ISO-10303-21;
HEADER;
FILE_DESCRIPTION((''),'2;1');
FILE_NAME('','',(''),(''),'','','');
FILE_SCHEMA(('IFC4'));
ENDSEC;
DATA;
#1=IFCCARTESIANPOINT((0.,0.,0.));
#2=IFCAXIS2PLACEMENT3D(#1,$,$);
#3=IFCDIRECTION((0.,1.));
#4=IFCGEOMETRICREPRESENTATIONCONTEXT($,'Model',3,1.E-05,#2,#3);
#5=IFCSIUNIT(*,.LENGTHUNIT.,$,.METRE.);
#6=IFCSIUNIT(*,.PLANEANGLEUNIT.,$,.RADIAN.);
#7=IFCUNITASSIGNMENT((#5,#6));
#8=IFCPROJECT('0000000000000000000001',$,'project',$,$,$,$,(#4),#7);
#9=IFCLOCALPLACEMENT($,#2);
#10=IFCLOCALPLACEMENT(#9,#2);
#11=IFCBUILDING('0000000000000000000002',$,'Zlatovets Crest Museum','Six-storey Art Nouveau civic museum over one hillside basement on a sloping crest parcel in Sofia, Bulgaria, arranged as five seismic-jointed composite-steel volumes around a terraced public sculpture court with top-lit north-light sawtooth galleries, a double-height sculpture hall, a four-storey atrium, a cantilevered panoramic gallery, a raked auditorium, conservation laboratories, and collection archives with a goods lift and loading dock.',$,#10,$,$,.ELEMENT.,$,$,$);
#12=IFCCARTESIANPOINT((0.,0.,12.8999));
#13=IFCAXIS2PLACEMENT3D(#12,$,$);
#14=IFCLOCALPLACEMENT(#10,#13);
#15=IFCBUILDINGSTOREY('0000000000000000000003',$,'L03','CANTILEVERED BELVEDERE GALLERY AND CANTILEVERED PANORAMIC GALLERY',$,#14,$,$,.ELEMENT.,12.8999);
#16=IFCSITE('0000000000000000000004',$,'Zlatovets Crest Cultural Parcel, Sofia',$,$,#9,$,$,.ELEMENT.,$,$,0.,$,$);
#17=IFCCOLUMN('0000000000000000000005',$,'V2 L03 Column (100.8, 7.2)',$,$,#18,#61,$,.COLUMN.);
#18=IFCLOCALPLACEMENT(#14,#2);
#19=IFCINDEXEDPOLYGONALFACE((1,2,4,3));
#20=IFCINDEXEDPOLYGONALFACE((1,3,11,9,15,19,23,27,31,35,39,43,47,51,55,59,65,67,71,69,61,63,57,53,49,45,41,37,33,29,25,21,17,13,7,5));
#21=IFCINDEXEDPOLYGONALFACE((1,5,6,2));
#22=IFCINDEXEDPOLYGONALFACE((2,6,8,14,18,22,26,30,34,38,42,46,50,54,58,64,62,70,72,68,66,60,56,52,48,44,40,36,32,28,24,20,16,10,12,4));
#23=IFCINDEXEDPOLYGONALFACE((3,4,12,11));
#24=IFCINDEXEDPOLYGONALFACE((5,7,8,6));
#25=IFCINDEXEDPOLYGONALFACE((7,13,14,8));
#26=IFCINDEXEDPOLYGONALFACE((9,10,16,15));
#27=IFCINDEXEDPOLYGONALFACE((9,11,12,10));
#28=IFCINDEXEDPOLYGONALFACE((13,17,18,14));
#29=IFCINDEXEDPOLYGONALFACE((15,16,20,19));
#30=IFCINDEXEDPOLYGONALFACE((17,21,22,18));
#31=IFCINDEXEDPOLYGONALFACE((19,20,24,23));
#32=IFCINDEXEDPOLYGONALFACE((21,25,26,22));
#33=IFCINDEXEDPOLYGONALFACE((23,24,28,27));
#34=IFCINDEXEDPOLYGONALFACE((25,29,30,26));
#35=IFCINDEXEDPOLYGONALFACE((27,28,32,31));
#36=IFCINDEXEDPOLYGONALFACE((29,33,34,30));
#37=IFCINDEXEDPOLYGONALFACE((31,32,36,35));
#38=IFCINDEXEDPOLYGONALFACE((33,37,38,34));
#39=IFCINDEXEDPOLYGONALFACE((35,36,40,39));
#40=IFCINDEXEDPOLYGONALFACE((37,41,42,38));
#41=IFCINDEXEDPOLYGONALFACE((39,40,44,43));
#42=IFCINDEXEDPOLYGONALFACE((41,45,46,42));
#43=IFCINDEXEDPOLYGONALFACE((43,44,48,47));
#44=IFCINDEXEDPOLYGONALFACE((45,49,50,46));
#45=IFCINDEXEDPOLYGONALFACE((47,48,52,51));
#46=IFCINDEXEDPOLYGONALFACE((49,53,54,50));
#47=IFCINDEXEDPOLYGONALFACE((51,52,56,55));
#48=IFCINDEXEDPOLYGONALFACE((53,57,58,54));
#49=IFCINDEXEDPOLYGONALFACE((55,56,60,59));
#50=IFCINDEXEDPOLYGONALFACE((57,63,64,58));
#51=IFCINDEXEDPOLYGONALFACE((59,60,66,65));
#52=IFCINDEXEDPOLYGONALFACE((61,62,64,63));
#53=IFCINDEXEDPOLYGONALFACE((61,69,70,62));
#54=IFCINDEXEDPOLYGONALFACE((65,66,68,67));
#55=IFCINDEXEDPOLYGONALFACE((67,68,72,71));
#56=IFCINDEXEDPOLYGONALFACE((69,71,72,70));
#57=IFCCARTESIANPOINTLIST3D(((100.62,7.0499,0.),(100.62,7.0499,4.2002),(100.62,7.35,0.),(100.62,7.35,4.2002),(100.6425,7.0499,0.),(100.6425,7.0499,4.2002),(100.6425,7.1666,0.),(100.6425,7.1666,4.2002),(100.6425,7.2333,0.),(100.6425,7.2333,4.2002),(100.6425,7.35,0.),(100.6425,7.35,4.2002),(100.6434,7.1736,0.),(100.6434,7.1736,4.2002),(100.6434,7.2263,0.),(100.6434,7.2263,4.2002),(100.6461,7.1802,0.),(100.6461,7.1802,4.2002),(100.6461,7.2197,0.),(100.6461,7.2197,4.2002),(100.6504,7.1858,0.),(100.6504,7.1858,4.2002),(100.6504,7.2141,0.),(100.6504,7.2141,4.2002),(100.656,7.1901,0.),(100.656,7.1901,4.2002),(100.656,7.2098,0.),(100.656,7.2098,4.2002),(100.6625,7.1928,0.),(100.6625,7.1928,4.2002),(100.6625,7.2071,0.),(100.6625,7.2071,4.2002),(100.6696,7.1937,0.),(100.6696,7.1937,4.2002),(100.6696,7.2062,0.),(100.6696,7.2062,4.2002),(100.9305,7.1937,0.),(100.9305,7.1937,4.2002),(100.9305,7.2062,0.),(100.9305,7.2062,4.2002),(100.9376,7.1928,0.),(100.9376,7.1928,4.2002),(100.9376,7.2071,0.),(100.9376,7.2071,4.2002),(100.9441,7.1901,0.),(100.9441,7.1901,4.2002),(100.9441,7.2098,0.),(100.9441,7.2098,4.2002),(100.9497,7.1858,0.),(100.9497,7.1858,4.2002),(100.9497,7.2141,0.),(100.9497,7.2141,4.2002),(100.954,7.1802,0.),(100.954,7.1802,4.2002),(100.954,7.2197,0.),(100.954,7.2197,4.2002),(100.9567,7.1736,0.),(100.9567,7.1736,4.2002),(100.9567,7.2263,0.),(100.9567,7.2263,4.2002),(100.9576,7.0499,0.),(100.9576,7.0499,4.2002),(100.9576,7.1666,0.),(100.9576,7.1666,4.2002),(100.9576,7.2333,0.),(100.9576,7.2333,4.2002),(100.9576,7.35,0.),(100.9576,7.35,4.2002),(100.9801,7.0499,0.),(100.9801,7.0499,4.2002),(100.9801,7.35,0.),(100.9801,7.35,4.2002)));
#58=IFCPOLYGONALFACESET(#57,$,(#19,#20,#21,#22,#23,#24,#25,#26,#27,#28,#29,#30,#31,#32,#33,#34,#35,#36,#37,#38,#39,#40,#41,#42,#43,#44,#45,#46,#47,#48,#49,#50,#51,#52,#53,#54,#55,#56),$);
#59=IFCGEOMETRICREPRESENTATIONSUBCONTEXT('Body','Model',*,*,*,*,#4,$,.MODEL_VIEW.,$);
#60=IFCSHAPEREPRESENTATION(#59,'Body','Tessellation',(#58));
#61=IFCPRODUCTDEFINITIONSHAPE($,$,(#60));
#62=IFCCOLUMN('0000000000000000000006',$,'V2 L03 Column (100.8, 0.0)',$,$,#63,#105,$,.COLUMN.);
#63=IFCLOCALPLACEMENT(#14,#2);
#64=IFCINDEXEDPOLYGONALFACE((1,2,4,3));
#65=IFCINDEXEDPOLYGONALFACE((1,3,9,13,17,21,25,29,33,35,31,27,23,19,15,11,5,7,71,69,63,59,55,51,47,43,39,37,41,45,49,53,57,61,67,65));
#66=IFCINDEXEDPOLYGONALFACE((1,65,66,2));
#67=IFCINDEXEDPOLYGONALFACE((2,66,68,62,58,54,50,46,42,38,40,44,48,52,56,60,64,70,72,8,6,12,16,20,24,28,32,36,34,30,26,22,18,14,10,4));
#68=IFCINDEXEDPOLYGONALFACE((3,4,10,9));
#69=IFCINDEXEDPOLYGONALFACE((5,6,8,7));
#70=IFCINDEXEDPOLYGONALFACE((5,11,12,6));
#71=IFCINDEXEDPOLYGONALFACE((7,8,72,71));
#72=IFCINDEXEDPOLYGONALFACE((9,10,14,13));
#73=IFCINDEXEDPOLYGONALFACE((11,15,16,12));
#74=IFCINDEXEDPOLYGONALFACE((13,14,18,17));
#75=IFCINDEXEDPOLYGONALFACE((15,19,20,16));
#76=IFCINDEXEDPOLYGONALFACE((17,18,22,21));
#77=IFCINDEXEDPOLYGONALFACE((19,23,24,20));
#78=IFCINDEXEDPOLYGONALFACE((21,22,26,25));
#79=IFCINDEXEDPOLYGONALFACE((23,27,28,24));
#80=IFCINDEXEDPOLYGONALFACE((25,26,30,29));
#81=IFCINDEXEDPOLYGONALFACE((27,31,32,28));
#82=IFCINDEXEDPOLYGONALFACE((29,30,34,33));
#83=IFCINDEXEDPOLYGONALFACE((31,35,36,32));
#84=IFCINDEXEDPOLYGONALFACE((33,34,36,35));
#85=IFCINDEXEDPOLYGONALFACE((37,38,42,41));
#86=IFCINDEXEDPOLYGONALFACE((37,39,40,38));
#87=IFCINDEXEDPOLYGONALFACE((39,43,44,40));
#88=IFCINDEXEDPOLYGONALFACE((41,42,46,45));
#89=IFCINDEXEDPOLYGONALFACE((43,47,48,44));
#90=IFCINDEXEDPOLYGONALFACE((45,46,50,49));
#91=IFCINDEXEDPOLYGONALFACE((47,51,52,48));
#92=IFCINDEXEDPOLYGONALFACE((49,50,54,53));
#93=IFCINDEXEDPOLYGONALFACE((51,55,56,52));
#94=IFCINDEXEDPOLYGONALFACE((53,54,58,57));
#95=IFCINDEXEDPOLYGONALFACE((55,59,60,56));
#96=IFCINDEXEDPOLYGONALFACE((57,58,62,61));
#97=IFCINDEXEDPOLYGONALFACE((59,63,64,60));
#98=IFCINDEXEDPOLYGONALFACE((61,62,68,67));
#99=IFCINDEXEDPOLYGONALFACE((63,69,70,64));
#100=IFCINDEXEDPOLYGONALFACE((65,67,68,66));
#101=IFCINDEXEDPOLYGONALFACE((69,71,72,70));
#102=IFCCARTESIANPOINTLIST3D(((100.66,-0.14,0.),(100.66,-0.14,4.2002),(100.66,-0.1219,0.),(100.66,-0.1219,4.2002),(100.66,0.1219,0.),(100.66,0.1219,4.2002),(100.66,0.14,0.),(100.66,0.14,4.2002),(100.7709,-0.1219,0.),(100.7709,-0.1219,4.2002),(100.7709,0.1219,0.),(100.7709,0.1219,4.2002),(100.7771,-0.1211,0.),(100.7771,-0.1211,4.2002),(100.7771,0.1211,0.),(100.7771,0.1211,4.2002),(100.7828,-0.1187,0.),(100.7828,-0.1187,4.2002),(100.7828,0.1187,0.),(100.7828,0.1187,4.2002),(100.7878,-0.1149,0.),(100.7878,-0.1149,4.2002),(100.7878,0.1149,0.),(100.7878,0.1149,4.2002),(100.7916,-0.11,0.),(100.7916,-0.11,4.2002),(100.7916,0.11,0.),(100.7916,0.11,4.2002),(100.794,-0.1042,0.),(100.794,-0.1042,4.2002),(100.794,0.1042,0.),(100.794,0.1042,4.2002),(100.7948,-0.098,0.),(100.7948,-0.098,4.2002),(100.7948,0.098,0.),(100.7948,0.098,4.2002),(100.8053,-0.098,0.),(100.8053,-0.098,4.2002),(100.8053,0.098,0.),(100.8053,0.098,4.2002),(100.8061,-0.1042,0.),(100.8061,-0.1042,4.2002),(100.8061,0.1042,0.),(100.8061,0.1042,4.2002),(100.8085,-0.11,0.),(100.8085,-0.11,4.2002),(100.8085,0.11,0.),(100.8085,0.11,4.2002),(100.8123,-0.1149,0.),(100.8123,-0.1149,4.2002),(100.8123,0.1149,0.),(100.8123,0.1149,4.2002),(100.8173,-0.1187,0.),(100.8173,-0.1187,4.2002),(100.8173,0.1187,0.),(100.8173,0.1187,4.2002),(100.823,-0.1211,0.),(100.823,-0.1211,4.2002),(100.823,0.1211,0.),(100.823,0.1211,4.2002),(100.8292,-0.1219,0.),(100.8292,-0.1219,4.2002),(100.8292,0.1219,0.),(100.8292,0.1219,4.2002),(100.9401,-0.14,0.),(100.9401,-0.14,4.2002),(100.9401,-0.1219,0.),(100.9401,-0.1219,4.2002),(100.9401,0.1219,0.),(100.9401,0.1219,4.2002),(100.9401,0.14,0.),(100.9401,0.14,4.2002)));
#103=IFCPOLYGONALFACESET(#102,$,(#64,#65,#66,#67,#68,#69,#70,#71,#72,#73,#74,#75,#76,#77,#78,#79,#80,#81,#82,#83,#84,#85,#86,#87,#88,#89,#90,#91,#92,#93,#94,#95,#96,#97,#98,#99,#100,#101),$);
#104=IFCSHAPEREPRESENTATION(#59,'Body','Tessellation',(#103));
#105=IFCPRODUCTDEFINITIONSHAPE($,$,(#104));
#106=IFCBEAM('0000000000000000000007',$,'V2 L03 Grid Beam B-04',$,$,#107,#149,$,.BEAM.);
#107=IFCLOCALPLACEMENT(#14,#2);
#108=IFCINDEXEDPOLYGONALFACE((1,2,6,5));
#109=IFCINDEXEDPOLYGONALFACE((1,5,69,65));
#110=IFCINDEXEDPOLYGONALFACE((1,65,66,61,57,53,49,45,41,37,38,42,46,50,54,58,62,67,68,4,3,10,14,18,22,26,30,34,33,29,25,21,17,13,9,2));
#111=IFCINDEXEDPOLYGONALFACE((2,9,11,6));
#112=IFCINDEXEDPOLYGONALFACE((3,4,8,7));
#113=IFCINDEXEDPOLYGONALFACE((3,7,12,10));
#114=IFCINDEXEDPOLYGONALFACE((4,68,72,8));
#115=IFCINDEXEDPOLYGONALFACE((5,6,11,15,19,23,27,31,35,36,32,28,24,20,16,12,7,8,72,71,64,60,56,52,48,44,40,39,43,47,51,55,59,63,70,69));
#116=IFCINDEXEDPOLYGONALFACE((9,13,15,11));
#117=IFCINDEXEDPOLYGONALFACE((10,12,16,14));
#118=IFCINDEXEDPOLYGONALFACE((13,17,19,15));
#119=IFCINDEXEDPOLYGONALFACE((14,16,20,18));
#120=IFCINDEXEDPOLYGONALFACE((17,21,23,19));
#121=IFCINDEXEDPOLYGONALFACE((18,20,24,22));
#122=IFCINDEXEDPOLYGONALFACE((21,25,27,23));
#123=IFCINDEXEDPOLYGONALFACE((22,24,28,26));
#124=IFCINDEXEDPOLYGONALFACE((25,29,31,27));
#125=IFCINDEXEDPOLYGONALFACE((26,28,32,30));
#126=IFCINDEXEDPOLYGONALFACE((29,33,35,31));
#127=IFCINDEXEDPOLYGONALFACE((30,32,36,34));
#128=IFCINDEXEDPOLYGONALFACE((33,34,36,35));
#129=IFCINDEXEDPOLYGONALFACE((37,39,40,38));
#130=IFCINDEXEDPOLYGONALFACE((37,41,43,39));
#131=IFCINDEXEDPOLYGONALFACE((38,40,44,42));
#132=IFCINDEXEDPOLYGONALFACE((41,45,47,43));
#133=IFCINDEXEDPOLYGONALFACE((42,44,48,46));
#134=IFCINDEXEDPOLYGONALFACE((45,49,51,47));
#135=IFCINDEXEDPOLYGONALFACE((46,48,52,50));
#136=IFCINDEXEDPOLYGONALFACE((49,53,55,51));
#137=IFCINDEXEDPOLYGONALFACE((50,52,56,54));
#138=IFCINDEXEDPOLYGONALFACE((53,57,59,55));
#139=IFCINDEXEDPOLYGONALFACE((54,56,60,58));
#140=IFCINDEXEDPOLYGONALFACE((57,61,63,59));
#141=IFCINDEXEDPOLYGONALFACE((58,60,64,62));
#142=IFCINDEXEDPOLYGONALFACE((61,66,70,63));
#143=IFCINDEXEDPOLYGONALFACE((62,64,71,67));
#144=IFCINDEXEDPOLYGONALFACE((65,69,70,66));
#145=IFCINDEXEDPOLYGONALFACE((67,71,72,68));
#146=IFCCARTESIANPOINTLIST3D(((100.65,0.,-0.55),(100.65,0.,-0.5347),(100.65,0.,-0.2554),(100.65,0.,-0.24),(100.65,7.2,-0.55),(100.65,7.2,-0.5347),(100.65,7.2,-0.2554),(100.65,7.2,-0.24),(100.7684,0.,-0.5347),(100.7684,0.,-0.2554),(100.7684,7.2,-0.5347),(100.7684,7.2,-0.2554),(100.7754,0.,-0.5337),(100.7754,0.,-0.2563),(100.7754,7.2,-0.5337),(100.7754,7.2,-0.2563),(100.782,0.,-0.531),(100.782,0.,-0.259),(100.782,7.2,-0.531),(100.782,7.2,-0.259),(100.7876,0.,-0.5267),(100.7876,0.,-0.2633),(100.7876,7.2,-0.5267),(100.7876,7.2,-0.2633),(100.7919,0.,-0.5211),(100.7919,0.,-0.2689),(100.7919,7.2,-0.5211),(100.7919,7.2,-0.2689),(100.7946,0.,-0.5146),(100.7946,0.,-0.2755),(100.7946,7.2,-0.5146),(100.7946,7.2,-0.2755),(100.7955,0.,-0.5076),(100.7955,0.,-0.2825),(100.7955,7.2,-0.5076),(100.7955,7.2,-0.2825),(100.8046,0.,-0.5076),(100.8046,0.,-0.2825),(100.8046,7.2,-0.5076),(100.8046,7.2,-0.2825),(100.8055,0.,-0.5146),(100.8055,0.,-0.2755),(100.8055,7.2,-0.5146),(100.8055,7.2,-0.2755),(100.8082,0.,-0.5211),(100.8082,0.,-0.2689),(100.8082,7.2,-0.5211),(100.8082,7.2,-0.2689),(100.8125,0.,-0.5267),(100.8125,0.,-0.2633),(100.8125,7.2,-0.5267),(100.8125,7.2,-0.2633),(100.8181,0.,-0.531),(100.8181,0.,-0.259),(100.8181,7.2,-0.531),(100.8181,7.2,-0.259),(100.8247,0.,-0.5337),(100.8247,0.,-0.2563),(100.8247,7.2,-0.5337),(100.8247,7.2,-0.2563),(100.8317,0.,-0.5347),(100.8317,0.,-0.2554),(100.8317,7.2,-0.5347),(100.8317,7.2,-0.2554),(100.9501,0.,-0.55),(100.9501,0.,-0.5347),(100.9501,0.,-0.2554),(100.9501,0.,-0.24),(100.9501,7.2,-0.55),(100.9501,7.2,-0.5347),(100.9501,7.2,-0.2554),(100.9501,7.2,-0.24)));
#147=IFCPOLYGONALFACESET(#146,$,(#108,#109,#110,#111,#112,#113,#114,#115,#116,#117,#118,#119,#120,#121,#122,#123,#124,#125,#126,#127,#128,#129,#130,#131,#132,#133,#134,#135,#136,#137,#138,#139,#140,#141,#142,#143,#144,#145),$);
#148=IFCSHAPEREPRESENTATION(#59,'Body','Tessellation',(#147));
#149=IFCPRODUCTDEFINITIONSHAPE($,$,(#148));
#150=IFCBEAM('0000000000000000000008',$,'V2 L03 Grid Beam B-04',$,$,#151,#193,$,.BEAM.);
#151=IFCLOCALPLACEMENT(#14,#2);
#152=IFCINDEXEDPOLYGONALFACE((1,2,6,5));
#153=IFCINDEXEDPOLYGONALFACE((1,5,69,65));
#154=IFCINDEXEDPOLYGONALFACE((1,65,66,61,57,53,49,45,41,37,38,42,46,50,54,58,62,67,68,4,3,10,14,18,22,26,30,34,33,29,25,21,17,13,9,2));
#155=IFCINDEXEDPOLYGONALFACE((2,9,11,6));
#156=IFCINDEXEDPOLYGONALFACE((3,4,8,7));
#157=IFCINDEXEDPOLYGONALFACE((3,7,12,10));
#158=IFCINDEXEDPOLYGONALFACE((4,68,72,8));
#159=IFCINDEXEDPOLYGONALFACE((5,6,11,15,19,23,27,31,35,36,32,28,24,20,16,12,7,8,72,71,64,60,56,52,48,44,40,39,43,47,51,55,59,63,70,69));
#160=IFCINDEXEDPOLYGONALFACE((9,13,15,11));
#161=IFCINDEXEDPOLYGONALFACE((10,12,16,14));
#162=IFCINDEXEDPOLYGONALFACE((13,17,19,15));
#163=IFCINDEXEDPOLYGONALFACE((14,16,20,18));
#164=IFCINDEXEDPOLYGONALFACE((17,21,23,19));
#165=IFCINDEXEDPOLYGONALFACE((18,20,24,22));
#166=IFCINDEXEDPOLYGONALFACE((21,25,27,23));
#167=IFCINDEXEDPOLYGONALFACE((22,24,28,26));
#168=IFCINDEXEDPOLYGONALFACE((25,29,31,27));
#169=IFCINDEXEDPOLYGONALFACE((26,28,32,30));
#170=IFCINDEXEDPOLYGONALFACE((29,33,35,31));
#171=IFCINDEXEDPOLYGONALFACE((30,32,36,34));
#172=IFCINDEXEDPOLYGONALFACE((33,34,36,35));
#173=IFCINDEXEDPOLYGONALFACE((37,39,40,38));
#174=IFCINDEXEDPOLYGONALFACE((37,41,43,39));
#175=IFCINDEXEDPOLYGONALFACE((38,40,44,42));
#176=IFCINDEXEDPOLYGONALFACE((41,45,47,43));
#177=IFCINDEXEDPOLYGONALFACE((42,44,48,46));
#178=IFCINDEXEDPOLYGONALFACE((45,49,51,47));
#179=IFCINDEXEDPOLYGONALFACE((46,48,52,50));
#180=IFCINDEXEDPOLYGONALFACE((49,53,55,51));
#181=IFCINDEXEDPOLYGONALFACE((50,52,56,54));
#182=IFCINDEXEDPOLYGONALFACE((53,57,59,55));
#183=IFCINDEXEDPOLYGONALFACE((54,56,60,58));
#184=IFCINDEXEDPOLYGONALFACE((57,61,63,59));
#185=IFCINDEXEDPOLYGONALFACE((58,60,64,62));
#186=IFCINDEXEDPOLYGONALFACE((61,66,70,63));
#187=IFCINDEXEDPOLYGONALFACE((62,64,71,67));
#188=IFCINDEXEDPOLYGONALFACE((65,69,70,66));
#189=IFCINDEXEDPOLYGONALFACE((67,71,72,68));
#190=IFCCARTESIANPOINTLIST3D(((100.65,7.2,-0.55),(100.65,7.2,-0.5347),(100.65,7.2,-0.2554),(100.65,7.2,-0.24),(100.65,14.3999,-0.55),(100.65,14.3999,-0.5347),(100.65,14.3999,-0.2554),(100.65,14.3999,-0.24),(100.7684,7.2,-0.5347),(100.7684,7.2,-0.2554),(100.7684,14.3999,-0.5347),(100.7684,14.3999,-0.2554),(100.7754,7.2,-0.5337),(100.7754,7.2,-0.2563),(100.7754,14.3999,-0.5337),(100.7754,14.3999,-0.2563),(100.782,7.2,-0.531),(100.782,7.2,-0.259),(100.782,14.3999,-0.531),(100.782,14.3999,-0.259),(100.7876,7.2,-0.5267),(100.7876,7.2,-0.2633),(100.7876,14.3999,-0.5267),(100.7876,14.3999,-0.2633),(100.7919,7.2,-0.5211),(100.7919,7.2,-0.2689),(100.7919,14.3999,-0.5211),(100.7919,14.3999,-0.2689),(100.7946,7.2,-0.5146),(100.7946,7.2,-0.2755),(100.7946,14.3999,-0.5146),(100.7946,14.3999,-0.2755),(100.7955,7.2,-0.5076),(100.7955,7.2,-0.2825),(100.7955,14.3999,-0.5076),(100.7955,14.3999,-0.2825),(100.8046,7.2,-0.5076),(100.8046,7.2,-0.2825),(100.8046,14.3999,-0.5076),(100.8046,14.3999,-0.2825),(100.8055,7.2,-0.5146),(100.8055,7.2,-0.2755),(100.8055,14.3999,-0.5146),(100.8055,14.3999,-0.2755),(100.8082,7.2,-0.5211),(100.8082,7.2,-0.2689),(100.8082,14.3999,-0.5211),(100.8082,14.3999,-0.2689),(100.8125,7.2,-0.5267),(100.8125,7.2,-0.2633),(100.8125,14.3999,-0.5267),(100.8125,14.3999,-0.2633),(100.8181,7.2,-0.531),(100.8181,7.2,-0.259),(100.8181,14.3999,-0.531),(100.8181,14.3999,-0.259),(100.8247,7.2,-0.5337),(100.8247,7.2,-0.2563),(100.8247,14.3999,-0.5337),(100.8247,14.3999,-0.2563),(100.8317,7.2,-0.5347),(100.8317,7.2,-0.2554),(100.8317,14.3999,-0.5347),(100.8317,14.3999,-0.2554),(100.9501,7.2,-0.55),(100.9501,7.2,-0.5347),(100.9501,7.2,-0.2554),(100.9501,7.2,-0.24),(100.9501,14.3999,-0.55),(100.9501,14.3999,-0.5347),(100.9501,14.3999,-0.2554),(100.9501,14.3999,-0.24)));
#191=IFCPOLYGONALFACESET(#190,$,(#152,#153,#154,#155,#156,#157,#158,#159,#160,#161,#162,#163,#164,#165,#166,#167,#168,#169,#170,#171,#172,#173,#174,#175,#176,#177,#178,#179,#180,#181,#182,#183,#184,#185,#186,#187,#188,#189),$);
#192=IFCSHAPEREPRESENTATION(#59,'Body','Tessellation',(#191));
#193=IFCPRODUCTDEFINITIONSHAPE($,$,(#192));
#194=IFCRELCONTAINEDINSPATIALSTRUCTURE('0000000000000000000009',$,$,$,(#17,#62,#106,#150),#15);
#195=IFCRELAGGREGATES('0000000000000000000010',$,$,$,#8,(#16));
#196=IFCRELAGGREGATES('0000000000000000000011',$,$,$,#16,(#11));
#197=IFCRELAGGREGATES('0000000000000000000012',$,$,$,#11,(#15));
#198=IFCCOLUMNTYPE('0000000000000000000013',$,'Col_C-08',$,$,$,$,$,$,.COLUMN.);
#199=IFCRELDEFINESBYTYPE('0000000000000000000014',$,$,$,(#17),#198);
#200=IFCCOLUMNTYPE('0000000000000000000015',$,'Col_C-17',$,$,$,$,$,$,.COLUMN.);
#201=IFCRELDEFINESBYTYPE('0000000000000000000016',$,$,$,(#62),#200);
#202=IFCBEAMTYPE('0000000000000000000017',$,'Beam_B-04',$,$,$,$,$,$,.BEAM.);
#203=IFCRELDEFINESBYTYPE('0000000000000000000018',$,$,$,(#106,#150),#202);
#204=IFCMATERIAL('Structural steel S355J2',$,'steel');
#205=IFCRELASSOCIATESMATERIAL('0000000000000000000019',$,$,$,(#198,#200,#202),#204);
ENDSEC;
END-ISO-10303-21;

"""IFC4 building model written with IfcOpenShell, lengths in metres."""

from ifc_helpers import new_model, si_unit, direction, frame, origin, origin_2d, place, context, subcontext, project, spatial, i_section, extrude, material, material_profile, profile_set, type_object, element, save


model = new_model("IFC4")

# Units and contexts
model_context = context("Model", 3, precision=1e-05, world=origin(), true_north=direction((0.0, 1.0)))
body_context = subcontext(model_context, "Body", "Model", "MODEL_VIEW")
ifc_project = project(units=[si_unit("LENGTHUNIT", "METRE"), si_unit("PLANEANGLEUNIT", "RADIAN")], contexts=[model_context])

# Site, building, storey
site_placement = place(None, origin())
site = spatial("IfcSite", under=ifc_project, at=site_placement, Name="Zlatovets Crest Cultural Parcel, Sofia", CompositionType="ELEMENT", RefElevation=0.0)
building_placement = place(site_placement, origin())
building = spatial("IfcBuilding", under=site, at=building_placement, Name="Zlatovets Crest Museum", Description="Six-storey Art Nouveau civic museum over one hillside basement on a sloping crest parcel in Sofia, Bulgaria, arranged as five seismic-jointed composite-steel volumes around a terraced public sculpture court with top-lit north-light sawtooth galleries, a double-height sculpture hall, a four-storey atrium, a cantilevered panoramic gallery, a raked auditorium, conservation laboratories, and collection archives with a goods lift and loading dock.", CompositionType="ELEMENT")
storey_placement = place(building_placement, frame((0.0, 0.0, 12.8999)))
storey = spatial("IfcBuildingStorey", under=building, at=storey_placement, Name="L03", Description="CANTILEVERED BELVEDERE GALLERY AND CANTILEVERED PANORAMIC GALLERY", CompositionType="ELEMENT", Elevation=12.8999)

# Columns
ifc_material_1 = material(Name="Structural steel S355J2", Category="steel")
ifc_material_profile_1 = material_profile(ifc_material_1, i_section(OverallWidth=0.3, OverallDepth=0.3601, WebThickness=0.0125, FlangeThickness=0.0225, FilletRadius=0.0271, at=origin_2d()), Name="HEB 360")
ifc_profile_set_1 = profile_set([ifc_material_profile_1], Name="Structural steel S355J2")
column_type_1 = type_object("IfcColumnType", Name="Col_C-08", PredefinedType="COLUMN", material=ifc_profile_set_1)
column_1_placement = place(storey_placement, frame((100.8, 7.2, 0.0), z_axis=(0.0, 0.0, 1.0), x_axis=(0.0, 1.0, 0.0)))
element("IfcColumn", 1, at=column_1_placement, inside=storey, type_object=column_type_1, Name="V2 L03 Column (100.8, 7.2)", PredefinedType="COLUMN", context=body_context, shape_type="SweptSolid", body=[
    extrude(i_section(OverallWidth=0.3, OverallDepth=0.3601, WebThickness=0.0125, FlangeThickness=0.0225, FilletRadius=0.0271, at=origin_2d()), origin(), (0.0, 0.0, 1.0), 4.2002),
])
ifc_material_profile_2 = material_profile(ifc_material_1, i_section(OverallWidth=0.28, OverallDepth=0.28, WebThickness=0.0105, FlangeThickness=0.0181, FilletRadius=0.0239, at=origin_2d()), Name="HEB 280")
ifc_profile_set_2 = profile_set([ifc_material_profile_2], Name="Structural steel S355J2")
column_type_2 = type_object("IfcColumnType", Name="Col_C-17", PredefinedType="COLUMN", material=ifc_profile_set_2)
column_2_placement = place(storey_placement, frame((100.8, 0.0, 0.0), z_axis=(0.0, 0.0, 1.0), x_axis=(1.0, 0.0, 0.0)))
element("IfcColumn", 2, at=column_2_placement, inside=storey, type_object=column_type_2, Name="V2 L03 Column (100.8, 0.0)", PredefinedType="COLUMN", context=body_context, shape_type="SweptSolid", body=[
    extrude(i_section(OverallWidth=0.28, OverallDepth=0.28, WebThickness=0.0105, FlangeThickness=0.0181, FilletRadius=0.0239, at=origin_2d()), origin(), (0.0, 0.0, 1.0), 4.2002),
])

# Beams
ifc_material_profile_3 = material_profile(ifc_material_1, i_section(OverallWidth=0.3, OverallDepth=0.3101, WebThickness=0.009, FlangeThickness=0.0154, FilletRadius=0.0271, at=origin_2d()), Name="HEA 320")
ifc_profile_set_3 = profile_set([ifc_material_profile_3], Name="Structural steel S355J2")
beam_type_1 = type_object("IfcBeamType", Name="Beam_B-04", PredefinedType="BEAM", material=ifc_profile_set_3)
for number, where, z_axis, x_axis, name in (
    (3, (100.8, 0.0, -0.395), (0.0, 1.0, 0.0), (-1.0, 0.0, 0.0), "V2 L03 Grid Beam B-04"),
    (4, (100.8, 7.2, -0.395), (0.0, 1.0, 0.0), (-1.0, 0.0, 0.0), "V2 L03 Grid Beam B-04"),
):
    element("IfcBeam", number, at=place(storey_placement, frame(where, z_axis=z_axis, x_axis=x_axis)), inside=storey, type_object=beam_type_1, Name=name, PredefinedType="BEAM", context=body_context, shape_type="SweptSolid", body=[
        extrude(i_section(OverallWidth=0.3, OverallDepth=0.3101, WebThickness=0.009, FlangeThickness=0.0154, FilletRadius=0.0271, at=origin_2d()), origin(), (0.0, 0.0, 1.0), 7.2),
    ])

save(model, "model.ifc")
